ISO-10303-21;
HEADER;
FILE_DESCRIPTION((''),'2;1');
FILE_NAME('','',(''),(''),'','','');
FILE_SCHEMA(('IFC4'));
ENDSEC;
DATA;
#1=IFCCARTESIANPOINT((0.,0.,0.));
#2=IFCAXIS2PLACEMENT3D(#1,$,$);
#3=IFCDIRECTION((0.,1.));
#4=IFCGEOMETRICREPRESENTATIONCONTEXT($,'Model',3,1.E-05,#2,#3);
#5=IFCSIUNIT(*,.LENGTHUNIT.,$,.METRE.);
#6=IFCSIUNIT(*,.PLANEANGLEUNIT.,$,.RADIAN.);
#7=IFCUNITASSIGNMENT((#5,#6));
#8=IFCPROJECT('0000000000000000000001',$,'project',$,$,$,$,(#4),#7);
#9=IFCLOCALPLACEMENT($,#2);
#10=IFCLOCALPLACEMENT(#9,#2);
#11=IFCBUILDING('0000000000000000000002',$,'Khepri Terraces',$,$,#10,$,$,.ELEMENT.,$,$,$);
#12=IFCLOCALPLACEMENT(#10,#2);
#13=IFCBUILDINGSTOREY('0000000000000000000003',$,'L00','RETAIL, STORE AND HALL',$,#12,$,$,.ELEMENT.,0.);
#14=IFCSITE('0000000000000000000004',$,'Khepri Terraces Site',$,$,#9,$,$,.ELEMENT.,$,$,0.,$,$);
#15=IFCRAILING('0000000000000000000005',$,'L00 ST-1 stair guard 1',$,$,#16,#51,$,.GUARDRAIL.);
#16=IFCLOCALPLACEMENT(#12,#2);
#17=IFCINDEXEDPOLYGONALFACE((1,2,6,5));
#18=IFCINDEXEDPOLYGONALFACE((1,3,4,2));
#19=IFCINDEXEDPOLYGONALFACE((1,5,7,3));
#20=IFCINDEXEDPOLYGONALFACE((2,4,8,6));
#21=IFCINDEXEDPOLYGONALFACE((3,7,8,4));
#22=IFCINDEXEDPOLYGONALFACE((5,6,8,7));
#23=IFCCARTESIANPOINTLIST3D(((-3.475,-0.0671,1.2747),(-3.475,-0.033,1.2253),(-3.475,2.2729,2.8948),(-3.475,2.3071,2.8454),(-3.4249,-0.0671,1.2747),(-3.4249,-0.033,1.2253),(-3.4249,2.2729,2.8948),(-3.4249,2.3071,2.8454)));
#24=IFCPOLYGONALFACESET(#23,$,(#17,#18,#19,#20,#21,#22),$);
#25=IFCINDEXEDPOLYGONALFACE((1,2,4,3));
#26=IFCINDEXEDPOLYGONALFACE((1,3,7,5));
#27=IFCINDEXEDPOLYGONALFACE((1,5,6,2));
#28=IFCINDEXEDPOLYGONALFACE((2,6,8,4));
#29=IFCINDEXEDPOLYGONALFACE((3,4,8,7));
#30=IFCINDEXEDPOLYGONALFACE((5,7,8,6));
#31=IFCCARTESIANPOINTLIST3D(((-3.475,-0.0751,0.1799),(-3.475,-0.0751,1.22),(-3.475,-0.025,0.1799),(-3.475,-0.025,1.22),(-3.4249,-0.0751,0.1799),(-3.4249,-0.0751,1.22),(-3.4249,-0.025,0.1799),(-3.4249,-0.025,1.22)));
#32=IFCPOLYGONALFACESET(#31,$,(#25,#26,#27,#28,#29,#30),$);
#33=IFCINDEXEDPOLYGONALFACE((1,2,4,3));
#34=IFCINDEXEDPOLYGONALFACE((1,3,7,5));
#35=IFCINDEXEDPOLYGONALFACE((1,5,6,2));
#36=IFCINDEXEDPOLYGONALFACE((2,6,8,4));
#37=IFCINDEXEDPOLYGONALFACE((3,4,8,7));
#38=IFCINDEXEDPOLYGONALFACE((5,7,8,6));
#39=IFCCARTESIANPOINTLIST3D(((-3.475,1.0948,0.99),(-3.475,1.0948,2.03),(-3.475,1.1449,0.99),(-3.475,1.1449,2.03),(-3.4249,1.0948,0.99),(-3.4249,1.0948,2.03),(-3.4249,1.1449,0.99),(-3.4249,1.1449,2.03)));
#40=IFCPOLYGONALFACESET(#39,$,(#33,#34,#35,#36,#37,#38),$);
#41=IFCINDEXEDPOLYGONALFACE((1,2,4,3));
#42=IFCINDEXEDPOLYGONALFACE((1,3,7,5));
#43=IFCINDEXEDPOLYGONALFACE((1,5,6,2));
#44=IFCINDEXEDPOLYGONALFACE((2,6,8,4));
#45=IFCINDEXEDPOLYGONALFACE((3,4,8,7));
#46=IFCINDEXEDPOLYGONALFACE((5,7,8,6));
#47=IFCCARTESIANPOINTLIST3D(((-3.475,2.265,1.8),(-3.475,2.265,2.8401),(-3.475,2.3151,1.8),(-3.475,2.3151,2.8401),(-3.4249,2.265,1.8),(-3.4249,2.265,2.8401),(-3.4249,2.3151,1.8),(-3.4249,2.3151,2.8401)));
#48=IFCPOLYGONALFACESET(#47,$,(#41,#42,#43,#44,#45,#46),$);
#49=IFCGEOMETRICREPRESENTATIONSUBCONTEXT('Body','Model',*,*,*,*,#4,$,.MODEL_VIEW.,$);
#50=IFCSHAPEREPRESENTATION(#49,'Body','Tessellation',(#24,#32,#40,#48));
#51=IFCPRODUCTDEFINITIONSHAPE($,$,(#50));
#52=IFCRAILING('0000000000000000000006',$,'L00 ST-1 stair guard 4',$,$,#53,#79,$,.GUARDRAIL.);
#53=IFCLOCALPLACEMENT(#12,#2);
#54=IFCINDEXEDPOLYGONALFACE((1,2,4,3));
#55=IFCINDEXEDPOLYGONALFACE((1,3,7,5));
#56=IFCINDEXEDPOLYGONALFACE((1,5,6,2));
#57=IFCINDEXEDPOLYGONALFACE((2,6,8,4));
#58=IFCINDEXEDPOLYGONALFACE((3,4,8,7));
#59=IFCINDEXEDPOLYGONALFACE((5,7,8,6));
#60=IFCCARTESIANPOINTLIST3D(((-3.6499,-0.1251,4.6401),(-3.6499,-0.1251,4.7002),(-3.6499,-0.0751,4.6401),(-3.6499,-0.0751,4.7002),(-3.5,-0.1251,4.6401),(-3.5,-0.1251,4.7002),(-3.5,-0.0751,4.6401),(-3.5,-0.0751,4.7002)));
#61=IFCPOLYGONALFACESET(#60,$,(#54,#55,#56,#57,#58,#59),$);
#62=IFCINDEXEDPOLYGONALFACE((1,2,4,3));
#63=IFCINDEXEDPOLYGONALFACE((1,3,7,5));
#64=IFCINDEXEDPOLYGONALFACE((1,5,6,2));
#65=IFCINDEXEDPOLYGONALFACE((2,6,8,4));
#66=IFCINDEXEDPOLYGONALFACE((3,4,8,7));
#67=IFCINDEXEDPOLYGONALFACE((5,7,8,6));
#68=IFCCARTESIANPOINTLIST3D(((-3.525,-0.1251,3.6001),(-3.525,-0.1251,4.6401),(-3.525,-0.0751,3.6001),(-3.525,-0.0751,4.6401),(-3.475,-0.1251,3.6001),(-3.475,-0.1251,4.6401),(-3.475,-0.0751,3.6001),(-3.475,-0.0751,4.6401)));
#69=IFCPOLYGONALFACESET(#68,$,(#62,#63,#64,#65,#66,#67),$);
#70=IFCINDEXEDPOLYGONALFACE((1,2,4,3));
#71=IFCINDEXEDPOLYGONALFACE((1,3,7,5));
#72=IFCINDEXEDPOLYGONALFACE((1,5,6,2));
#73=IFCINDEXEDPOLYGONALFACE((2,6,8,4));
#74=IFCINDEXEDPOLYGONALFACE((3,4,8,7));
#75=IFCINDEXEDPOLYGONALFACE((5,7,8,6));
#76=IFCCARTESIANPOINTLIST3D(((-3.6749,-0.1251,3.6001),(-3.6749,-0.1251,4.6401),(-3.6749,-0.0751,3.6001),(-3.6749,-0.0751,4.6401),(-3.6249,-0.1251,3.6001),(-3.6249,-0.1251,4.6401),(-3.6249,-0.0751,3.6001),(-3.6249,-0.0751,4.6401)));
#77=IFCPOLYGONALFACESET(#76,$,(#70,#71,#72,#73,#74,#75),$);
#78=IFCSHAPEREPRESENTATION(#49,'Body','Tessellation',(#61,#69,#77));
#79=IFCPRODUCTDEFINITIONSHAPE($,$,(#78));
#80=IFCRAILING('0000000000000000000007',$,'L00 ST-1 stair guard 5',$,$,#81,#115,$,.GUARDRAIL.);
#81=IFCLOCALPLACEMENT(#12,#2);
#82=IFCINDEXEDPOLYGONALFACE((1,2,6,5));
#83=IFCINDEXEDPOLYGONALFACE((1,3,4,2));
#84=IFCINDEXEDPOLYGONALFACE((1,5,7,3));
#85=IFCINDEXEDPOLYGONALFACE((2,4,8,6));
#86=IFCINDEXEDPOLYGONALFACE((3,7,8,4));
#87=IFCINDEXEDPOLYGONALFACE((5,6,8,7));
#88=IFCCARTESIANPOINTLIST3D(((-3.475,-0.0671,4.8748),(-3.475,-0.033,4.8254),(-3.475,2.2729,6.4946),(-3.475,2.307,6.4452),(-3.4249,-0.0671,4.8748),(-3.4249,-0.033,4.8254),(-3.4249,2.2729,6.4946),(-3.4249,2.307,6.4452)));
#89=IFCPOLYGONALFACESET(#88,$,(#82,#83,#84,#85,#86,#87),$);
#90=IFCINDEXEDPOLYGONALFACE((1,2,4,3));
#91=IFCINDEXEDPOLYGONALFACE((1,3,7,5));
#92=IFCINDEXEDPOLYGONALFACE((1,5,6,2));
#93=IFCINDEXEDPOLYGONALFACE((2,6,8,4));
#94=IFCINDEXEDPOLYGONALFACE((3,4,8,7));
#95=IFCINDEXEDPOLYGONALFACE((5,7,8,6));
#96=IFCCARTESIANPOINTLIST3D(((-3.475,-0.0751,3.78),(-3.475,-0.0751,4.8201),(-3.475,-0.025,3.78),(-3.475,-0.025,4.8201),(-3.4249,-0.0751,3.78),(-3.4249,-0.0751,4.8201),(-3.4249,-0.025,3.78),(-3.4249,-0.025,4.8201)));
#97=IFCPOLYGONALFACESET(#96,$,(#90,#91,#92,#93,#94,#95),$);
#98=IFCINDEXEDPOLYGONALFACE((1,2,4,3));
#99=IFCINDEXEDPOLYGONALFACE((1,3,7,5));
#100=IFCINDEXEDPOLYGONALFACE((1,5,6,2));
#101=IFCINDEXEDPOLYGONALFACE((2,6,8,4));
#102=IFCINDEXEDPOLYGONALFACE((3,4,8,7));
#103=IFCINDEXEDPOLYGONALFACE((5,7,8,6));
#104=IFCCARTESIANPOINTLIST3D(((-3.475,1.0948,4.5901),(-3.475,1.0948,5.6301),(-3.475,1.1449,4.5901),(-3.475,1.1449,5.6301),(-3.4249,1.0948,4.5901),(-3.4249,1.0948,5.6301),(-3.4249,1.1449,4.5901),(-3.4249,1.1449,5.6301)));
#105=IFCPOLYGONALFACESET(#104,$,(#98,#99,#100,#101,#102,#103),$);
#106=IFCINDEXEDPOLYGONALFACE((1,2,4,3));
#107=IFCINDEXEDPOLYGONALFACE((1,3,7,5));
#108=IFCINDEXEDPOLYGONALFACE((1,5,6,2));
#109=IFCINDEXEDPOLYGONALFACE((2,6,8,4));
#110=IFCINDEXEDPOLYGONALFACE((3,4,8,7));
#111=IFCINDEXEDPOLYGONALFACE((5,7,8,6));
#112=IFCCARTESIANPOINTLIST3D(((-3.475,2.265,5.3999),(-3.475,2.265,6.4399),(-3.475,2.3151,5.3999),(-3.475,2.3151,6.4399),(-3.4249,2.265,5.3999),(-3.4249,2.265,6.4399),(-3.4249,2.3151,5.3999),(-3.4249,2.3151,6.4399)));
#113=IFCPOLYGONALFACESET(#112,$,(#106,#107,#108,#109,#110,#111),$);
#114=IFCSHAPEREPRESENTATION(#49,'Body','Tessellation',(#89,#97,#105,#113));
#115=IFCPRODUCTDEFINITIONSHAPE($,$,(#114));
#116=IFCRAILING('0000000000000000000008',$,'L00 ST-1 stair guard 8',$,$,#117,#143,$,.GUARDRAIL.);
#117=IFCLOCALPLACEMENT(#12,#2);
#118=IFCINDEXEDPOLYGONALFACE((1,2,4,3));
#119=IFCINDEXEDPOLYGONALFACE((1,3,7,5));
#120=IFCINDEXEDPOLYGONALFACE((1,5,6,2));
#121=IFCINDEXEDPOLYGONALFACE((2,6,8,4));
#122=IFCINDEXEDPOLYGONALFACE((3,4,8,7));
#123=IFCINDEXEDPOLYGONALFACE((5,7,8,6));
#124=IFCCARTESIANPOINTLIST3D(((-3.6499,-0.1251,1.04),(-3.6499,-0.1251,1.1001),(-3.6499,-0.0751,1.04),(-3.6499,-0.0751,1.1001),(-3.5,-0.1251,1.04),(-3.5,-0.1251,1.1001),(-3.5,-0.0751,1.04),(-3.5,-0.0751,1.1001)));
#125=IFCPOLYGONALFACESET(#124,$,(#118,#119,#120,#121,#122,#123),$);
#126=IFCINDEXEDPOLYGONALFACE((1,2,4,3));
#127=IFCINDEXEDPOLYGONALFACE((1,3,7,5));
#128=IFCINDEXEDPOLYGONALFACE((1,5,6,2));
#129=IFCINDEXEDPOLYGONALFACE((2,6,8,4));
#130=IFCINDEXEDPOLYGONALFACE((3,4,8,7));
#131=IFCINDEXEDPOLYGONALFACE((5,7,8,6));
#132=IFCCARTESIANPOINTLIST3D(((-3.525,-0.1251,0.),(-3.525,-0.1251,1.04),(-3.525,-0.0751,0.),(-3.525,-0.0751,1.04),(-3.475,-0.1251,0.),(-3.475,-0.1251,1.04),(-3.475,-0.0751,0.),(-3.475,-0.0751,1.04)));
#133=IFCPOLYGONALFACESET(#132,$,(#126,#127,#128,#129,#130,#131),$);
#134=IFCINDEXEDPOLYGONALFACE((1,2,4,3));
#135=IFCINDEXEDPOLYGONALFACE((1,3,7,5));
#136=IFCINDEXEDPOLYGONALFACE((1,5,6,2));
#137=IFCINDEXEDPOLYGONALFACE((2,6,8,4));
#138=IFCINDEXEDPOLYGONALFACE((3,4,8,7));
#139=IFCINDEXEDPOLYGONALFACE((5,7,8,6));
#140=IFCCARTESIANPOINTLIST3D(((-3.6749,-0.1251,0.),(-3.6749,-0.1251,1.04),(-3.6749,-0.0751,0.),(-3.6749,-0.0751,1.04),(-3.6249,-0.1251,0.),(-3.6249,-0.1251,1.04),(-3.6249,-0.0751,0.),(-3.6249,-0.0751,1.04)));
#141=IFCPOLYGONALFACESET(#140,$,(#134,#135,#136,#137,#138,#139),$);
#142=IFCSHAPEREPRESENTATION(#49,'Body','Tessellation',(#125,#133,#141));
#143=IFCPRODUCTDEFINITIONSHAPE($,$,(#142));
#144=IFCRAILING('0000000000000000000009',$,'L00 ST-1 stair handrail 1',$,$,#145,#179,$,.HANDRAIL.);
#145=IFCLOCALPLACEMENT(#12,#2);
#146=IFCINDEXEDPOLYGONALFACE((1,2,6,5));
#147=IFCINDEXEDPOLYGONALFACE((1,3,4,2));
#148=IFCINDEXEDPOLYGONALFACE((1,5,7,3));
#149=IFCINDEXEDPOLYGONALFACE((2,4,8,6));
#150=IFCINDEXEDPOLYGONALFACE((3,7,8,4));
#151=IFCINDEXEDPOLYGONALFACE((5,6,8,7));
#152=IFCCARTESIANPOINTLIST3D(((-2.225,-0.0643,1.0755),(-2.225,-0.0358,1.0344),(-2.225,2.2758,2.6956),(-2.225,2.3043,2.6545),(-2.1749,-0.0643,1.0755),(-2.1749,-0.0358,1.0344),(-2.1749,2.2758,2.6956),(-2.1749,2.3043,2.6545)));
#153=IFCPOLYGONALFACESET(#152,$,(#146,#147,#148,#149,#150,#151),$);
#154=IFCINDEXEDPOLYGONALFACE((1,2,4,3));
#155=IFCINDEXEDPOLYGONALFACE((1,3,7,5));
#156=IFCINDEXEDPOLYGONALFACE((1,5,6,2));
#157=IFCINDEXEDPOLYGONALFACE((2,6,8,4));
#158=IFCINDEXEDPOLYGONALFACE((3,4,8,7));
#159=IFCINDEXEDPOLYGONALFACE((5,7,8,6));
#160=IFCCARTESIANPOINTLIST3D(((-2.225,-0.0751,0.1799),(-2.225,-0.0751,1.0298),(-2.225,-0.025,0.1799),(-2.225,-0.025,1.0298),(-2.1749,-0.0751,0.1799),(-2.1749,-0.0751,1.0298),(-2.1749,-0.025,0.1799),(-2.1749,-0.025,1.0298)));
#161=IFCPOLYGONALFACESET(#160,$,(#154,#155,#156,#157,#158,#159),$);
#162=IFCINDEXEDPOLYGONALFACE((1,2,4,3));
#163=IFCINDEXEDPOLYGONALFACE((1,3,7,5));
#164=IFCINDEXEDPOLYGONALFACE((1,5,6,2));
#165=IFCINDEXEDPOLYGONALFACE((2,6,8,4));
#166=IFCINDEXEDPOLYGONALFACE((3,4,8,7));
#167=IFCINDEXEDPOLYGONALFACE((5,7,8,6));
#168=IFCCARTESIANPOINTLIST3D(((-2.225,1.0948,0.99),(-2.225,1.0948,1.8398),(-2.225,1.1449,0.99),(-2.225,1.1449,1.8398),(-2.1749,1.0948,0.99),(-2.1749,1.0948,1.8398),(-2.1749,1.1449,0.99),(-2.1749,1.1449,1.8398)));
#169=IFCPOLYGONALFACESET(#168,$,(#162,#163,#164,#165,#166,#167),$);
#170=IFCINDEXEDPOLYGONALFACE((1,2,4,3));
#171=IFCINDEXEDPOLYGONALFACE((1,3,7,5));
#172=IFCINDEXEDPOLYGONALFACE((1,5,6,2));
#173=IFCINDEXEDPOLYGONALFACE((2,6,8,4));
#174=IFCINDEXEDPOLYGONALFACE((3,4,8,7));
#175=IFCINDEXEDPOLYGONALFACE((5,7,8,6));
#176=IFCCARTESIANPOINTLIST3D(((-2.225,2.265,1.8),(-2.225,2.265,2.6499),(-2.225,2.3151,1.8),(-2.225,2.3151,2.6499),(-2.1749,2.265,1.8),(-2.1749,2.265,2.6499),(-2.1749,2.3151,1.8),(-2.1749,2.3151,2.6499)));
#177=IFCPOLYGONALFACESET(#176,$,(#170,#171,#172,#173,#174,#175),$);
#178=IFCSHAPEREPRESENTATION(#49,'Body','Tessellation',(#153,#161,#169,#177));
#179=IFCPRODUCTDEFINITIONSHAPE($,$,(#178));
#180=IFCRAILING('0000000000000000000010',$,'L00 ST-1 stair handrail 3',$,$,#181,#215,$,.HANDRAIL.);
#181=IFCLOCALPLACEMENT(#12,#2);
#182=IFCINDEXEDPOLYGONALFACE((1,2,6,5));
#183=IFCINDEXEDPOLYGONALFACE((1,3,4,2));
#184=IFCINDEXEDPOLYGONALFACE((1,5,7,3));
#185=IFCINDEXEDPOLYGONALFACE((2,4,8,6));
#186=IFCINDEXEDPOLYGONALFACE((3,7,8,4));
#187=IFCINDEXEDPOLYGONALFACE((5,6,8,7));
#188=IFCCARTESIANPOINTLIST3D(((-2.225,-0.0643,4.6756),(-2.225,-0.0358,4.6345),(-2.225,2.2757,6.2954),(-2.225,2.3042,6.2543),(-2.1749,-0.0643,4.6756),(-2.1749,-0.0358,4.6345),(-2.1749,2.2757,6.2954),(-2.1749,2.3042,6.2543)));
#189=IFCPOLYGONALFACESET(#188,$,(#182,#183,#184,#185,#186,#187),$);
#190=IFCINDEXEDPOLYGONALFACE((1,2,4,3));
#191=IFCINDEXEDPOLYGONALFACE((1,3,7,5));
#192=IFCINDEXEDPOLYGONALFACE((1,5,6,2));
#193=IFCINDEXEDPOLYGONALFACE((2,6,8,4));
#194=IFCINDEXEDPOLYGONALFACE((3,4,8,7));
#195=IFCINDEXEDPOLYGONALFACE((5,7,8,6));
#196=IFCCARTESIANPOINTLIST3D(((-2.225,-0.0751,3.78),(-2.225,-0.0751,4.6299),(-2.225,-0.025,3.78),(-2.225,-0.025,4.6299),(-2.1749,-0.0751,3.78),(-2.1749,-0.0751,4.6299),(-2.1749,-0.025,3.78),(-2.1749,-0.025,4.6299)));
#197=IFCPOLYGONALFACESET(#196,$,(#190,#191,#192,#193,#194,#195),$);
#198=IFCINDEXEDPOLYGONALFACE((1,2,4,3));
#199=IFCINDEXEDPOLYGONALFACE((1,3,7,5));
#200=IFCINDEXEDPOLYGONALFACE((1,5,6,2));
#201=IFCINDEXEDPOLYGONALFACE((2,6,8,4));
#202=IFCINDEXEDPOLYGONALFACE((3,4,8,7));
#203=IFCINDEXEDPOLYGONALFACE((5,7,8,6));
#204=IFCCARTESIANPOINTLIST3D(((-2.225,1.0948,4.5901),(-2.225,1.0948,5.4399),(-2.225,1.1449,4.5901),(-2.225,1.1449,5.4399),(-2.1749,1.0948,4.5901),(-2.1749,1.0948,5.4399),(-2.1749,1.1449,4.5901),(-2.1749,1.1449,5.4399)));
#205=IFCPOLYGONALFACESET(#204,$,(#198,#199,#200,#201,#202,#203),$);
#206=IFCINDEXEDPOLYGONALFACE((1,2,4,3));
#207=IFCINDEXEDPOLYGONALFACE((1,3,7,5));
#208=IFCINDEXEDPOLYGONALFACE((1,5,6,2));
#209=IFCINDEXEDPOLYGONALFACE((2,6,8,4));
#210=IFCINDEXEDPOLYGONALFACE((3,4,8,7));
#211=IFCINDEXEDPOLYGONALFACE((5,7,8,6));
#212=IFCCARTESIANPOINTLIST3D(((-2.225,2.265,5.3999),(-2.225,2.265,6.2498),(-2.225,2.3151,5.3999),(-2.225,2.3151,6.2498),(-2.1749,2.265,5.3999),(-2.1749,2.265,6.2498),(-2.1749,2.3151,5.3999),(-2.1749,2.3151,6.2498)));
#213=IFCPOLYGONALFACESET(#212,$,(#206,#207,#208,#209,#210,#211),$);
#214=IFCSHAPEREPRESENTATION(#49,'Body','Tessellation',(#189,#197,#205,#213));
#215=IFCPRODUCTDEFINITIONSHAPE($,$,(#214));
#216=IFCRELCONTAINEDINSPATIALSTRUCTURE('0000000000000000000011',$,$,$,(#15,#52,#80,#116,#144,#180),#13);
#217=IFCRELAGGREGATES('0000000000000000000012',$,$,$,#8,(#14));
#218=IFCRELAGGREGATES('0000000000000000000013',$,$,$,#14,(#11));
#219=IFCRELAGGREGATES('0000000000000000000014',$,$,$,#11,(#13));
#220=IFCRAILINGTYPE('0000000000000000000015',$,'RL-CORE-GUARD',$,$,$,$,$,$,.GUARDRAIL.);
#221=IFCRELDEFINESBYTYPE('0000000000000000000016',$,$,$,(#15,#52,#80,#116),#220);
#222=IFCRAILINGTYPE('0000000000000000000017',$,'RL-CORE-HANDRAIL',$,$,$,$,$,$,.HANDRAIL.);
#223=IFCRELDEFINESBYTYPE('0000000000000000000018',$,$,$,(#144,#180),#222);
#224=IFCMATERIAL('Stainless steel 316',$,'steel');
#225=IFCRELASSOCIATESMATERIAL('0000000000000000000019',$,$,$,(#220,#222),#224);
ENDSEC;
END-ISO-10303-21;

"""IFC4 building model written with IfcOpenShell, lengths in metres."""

from ifc_helpers import new_model, si_unit, direction, frame, origin, origin_2d, place, context, subcontext, project, spatial, rectangle, extrude, material, type_object, element, save


model = new_model("IFC4")

# Units and contexts
model_context = context("Model", 3, precision=1e-05, world=origin(), true_north=direction((0.0, 1.0)))
body_context = subcontext(model_context, "Body", "Model", "MODEL_VIEW")
ifc_project = project(units=[si_unit("LENGTHUNIT", "METRE"), si_unit("PLANEANGLEUNIT", "RADIAN")], contexts=[model_context])

# Site, building, storey
site_placement = place(None, origin())
site = spatial("IfcSite", under=ifc_project, at=site_placement, Name="Khepri Terraces Site", CompositionType="ELEMENT", RefElevation=0.0)
building_placement = place(site_placement, origin())
building = spatial("IfcBuilding", under=site, at=building_placement, Name="Khepri Terraces", CompositionType="ELEMENT")
storey_placement = place(building_placement, origin())
storey = spatial("IfcBuildingStorey", under=building, at=storey_placement, Name="L00", Description="RETAIL, STORE AND HALL", CompositionType="ELEMENT", Elevation=0.0)

# Railings
ifc_material_1 = material(Name="Stainless steel 316", Category="steel")
railing_type_1 = type_object("IfcRailingType", Name="RL-CORE-GUARD", PredefinedType="GUARDRAIL", material=ifc_material_1)
railing_1_placement = place(storey_placement, frame((-3.45, -0.05, 0.1799)))
element("IfcRailing", 1, at=railing_1_placement, inside=storey, type_object=railing_type_1, Name="L00 ST-1 stair guard 1", PredefinedType="GUARDRAIL", context=body_context, shape_type="SweptSolid", body=[
    extrude(rectangle(XDim=0.05, YDim=0.0601, at=origin_2d()), frame((0.0, 0.0, 1.0701), z_axis=(0.0, 0.822183, 0.569223), x_axis=(-1.0, 0.0, 0.0)), (0.0, 0.0, 1.0), 2.8462),
    extrude(rectangle(XDim=0.05, YDim=0.05, at=origin_2d()), origin(), (0.0, 0.0, 1.0), 1.04),
    extrude(rectangle(XDim=0.05, YDim=0.05, at=origin_2d()), frame((0.0, 1.1699, 0.8101)), (0.0, 0.0, 1.0), 1.04),
    extrude(rectangle(XDim=0.05, YDim=0.05, at=origin_2d()), frame((0.0, 2.3401, 1.6201)), (0.0, 0.0, 1.0), 1.04),
])
railing_2_placement = place(storey_placement, frame((-3.5, -0.1001, 3.6001)))
element("IfcRailing", 2, at=railing_2_placement, inside=storey, type_object=railing_type_1, Name="L00 ST-1 stair guard 4", PredefinedType="GUARDRAIL", context=body_context, shape_type="SweptSolid", body=[
    extrude(rectangle(XDim=0.05, YDim=0.0601, at=origin_2d()), frame((0.0, 0.0, 1.0701), z_axis=(-1.0, 0.0, 0.0), x_axis=(0.0, -1.0, 0.0)), (0.0, 0.0, 1.0), 0.1499),
    extrude(rectangle(XDim=0.05, YDim=0.05, at=origin_2d()), origin(), (0.0, 0.0, 1.0), 1.04),
    extrude(rectangle(XDim=0.05, YDim=0.05, at=origin_2d()), frame((-0.1499, 0.0, 0.0)), (0.0, 0.0, 1.0), 1.04),
])
railing_3_placement = place(storey_placement, frame((-3.45, -0.05, 3.78)))
element("IfcRailing", 3, at=railing_3_placement, inside=storey, type_object=railing_type_1, Name="L00 ST-1 stair guard 5", PredefinedType="GUARDRAIL", context=body_context, shape_type="SweptSolid", body=[
    extrude(rectangle(XDim=0.05, YDim=0.0601, at=origin_2d()), frame((0.0, 0.0, 1.0701), z_axis=(0.0, 0.822223, 0.569165), x_axis=(-1.0, 0.0, 0.0)), (0.0, 0.0, 1.0), 2.8459),
    extrude(rectangle(XDim=0.05, YDim=0.05, at=origin_2d()), origin(), (0.0, 0.0, 1.0), 1.04),
    extrude(rectangle(XDim=0.05, YDim=0.05, at=origin_2d()), frame((0.0, 1.1699, 0.8101)), (0.0, 0.0, 1.0), 1.04),
    extrude(rectangle(XDim=0.05, YDim=0.05, at=origin_2d()), frame((0.0, 2.3401, 1.6199)), (0.0, 0.0, 1.0), 1.04),
])
railing_4_placement = place(storey_placement, frame((-3.5, -0.1001, 0.0)))
element("IfcRailing", 4, at=railing_4_placement, inside=storey, type_object=railing_type_1, Name="L00 ST-1 stair guard 8", PredefinedType="GUARDRAIL", context=body_context, shape_type="SweptSolid", body=[
    extrude(rectangle(XDim=0.05, YDim=0.0601, at=origin_2d()), frame((0.0, 0.0, 1.0701), z_axis=(-1.0, 0.0, 0.0), x_axis=(0.0, -1.0, 0.0)), (0.0, 0.0, 1.0), 0.1499),
    extrude(rectangle(XDim=0.05, YDim=0.05, at=origin_2d()), origin(), (0.0, 0.0, 1.0), 1.04),
    extrude(rectangle(XDim=0.05, YDim=0.05, at=origin_2d()), frame((-0.1499, 0.0, 0.0)), (0.0, 0.0, 1.0), 1.04),
])
railing_type_2 = type_object("IfcRailingType", Name="RL-CORE-HANDRAIL", PredefinedType="HANDRAIL", material=ifc_material_1)
railing_5_placement = place(storey_placement, frame((-2.2, -0.05, 0.1799)))
element("IfcRailing", 5, at=railing_5_placement, inside=storey, type_object=railing_type_2, Name="L00 ST-1 stair handrail 1", PredefinedType="HANDRAIL", context=body_context, shape_type="SweptSolid", body=[
    extrude(rectangle(XDim=0.05, YDim=0.05, at=origin_2d()), frame((0.0, 0.0, 0.875), z_axis=(0.0, 0.822183, 0.569223), x_axis=(-1.0, 0.0, 0.0)), (0.0, 0.0, 1.0), 2.8462),
    extrude(rectangle(XDim=0.05, YDim=0.05, at=origin_2d()), origin(), (0.0, 0.0, 1.0), 0.8499),
    extrude(rectangle(XDim=0.05, YDim=0.05, at=origin_2d()), frame((0.0, 1.1699, 0.8101)), (0.0, 0.0, 1.0), 0.8499),
    extrude(rectangle(XDim=0.05, YDim=0.05, at=origin_2d()), frame((0.0, 2.3401, 1.6201)), (0.0, 0.0, 1.0), 0.8499),
])
railing_6_placement = place(storey_placement, frame((-2.2, -0.05, 3.78)))
element("IfcRailing", 6, at=railing_6_placement, inside=storey, type_object=railing_type_2, Name="L00 ST-1 stair handrail 3", PredefinedType="HANDRAIL", context=body_context, shape_type="SweptSolid", body=[
    extrude(rectangle(XDim=0.05, YDim=0.05, at=origin_2d()), frame((0.0, 0.0, 0.875), z_axis=(0.0, 0.822223, 0.569165), x_axis=(-1.0, 0.0, 0.0)), (0.0, 0.0, 1.0), 2.8459),
    extrude(rectangle(XDim=0.05, YDim=0.05, at=origin_2d()), origin(), (0.0, 0.0, 1.0), 0.8499),
    extrude(rectangle(XDim=0.05, YDim=0.05, at=origin_2d()), frame((0.0, 1.1699, 0.8101)), (0.0, 0.0, 1.0), 0.8499),
    extrude(rectangle(XDim=0.05, YDim=0.05, at=origin_2d()), frame((0.0, 2.3401, 1.6199)), (0.0, 0.0, 1.0), 0.8499),
])

save(model, "model.ifc")
